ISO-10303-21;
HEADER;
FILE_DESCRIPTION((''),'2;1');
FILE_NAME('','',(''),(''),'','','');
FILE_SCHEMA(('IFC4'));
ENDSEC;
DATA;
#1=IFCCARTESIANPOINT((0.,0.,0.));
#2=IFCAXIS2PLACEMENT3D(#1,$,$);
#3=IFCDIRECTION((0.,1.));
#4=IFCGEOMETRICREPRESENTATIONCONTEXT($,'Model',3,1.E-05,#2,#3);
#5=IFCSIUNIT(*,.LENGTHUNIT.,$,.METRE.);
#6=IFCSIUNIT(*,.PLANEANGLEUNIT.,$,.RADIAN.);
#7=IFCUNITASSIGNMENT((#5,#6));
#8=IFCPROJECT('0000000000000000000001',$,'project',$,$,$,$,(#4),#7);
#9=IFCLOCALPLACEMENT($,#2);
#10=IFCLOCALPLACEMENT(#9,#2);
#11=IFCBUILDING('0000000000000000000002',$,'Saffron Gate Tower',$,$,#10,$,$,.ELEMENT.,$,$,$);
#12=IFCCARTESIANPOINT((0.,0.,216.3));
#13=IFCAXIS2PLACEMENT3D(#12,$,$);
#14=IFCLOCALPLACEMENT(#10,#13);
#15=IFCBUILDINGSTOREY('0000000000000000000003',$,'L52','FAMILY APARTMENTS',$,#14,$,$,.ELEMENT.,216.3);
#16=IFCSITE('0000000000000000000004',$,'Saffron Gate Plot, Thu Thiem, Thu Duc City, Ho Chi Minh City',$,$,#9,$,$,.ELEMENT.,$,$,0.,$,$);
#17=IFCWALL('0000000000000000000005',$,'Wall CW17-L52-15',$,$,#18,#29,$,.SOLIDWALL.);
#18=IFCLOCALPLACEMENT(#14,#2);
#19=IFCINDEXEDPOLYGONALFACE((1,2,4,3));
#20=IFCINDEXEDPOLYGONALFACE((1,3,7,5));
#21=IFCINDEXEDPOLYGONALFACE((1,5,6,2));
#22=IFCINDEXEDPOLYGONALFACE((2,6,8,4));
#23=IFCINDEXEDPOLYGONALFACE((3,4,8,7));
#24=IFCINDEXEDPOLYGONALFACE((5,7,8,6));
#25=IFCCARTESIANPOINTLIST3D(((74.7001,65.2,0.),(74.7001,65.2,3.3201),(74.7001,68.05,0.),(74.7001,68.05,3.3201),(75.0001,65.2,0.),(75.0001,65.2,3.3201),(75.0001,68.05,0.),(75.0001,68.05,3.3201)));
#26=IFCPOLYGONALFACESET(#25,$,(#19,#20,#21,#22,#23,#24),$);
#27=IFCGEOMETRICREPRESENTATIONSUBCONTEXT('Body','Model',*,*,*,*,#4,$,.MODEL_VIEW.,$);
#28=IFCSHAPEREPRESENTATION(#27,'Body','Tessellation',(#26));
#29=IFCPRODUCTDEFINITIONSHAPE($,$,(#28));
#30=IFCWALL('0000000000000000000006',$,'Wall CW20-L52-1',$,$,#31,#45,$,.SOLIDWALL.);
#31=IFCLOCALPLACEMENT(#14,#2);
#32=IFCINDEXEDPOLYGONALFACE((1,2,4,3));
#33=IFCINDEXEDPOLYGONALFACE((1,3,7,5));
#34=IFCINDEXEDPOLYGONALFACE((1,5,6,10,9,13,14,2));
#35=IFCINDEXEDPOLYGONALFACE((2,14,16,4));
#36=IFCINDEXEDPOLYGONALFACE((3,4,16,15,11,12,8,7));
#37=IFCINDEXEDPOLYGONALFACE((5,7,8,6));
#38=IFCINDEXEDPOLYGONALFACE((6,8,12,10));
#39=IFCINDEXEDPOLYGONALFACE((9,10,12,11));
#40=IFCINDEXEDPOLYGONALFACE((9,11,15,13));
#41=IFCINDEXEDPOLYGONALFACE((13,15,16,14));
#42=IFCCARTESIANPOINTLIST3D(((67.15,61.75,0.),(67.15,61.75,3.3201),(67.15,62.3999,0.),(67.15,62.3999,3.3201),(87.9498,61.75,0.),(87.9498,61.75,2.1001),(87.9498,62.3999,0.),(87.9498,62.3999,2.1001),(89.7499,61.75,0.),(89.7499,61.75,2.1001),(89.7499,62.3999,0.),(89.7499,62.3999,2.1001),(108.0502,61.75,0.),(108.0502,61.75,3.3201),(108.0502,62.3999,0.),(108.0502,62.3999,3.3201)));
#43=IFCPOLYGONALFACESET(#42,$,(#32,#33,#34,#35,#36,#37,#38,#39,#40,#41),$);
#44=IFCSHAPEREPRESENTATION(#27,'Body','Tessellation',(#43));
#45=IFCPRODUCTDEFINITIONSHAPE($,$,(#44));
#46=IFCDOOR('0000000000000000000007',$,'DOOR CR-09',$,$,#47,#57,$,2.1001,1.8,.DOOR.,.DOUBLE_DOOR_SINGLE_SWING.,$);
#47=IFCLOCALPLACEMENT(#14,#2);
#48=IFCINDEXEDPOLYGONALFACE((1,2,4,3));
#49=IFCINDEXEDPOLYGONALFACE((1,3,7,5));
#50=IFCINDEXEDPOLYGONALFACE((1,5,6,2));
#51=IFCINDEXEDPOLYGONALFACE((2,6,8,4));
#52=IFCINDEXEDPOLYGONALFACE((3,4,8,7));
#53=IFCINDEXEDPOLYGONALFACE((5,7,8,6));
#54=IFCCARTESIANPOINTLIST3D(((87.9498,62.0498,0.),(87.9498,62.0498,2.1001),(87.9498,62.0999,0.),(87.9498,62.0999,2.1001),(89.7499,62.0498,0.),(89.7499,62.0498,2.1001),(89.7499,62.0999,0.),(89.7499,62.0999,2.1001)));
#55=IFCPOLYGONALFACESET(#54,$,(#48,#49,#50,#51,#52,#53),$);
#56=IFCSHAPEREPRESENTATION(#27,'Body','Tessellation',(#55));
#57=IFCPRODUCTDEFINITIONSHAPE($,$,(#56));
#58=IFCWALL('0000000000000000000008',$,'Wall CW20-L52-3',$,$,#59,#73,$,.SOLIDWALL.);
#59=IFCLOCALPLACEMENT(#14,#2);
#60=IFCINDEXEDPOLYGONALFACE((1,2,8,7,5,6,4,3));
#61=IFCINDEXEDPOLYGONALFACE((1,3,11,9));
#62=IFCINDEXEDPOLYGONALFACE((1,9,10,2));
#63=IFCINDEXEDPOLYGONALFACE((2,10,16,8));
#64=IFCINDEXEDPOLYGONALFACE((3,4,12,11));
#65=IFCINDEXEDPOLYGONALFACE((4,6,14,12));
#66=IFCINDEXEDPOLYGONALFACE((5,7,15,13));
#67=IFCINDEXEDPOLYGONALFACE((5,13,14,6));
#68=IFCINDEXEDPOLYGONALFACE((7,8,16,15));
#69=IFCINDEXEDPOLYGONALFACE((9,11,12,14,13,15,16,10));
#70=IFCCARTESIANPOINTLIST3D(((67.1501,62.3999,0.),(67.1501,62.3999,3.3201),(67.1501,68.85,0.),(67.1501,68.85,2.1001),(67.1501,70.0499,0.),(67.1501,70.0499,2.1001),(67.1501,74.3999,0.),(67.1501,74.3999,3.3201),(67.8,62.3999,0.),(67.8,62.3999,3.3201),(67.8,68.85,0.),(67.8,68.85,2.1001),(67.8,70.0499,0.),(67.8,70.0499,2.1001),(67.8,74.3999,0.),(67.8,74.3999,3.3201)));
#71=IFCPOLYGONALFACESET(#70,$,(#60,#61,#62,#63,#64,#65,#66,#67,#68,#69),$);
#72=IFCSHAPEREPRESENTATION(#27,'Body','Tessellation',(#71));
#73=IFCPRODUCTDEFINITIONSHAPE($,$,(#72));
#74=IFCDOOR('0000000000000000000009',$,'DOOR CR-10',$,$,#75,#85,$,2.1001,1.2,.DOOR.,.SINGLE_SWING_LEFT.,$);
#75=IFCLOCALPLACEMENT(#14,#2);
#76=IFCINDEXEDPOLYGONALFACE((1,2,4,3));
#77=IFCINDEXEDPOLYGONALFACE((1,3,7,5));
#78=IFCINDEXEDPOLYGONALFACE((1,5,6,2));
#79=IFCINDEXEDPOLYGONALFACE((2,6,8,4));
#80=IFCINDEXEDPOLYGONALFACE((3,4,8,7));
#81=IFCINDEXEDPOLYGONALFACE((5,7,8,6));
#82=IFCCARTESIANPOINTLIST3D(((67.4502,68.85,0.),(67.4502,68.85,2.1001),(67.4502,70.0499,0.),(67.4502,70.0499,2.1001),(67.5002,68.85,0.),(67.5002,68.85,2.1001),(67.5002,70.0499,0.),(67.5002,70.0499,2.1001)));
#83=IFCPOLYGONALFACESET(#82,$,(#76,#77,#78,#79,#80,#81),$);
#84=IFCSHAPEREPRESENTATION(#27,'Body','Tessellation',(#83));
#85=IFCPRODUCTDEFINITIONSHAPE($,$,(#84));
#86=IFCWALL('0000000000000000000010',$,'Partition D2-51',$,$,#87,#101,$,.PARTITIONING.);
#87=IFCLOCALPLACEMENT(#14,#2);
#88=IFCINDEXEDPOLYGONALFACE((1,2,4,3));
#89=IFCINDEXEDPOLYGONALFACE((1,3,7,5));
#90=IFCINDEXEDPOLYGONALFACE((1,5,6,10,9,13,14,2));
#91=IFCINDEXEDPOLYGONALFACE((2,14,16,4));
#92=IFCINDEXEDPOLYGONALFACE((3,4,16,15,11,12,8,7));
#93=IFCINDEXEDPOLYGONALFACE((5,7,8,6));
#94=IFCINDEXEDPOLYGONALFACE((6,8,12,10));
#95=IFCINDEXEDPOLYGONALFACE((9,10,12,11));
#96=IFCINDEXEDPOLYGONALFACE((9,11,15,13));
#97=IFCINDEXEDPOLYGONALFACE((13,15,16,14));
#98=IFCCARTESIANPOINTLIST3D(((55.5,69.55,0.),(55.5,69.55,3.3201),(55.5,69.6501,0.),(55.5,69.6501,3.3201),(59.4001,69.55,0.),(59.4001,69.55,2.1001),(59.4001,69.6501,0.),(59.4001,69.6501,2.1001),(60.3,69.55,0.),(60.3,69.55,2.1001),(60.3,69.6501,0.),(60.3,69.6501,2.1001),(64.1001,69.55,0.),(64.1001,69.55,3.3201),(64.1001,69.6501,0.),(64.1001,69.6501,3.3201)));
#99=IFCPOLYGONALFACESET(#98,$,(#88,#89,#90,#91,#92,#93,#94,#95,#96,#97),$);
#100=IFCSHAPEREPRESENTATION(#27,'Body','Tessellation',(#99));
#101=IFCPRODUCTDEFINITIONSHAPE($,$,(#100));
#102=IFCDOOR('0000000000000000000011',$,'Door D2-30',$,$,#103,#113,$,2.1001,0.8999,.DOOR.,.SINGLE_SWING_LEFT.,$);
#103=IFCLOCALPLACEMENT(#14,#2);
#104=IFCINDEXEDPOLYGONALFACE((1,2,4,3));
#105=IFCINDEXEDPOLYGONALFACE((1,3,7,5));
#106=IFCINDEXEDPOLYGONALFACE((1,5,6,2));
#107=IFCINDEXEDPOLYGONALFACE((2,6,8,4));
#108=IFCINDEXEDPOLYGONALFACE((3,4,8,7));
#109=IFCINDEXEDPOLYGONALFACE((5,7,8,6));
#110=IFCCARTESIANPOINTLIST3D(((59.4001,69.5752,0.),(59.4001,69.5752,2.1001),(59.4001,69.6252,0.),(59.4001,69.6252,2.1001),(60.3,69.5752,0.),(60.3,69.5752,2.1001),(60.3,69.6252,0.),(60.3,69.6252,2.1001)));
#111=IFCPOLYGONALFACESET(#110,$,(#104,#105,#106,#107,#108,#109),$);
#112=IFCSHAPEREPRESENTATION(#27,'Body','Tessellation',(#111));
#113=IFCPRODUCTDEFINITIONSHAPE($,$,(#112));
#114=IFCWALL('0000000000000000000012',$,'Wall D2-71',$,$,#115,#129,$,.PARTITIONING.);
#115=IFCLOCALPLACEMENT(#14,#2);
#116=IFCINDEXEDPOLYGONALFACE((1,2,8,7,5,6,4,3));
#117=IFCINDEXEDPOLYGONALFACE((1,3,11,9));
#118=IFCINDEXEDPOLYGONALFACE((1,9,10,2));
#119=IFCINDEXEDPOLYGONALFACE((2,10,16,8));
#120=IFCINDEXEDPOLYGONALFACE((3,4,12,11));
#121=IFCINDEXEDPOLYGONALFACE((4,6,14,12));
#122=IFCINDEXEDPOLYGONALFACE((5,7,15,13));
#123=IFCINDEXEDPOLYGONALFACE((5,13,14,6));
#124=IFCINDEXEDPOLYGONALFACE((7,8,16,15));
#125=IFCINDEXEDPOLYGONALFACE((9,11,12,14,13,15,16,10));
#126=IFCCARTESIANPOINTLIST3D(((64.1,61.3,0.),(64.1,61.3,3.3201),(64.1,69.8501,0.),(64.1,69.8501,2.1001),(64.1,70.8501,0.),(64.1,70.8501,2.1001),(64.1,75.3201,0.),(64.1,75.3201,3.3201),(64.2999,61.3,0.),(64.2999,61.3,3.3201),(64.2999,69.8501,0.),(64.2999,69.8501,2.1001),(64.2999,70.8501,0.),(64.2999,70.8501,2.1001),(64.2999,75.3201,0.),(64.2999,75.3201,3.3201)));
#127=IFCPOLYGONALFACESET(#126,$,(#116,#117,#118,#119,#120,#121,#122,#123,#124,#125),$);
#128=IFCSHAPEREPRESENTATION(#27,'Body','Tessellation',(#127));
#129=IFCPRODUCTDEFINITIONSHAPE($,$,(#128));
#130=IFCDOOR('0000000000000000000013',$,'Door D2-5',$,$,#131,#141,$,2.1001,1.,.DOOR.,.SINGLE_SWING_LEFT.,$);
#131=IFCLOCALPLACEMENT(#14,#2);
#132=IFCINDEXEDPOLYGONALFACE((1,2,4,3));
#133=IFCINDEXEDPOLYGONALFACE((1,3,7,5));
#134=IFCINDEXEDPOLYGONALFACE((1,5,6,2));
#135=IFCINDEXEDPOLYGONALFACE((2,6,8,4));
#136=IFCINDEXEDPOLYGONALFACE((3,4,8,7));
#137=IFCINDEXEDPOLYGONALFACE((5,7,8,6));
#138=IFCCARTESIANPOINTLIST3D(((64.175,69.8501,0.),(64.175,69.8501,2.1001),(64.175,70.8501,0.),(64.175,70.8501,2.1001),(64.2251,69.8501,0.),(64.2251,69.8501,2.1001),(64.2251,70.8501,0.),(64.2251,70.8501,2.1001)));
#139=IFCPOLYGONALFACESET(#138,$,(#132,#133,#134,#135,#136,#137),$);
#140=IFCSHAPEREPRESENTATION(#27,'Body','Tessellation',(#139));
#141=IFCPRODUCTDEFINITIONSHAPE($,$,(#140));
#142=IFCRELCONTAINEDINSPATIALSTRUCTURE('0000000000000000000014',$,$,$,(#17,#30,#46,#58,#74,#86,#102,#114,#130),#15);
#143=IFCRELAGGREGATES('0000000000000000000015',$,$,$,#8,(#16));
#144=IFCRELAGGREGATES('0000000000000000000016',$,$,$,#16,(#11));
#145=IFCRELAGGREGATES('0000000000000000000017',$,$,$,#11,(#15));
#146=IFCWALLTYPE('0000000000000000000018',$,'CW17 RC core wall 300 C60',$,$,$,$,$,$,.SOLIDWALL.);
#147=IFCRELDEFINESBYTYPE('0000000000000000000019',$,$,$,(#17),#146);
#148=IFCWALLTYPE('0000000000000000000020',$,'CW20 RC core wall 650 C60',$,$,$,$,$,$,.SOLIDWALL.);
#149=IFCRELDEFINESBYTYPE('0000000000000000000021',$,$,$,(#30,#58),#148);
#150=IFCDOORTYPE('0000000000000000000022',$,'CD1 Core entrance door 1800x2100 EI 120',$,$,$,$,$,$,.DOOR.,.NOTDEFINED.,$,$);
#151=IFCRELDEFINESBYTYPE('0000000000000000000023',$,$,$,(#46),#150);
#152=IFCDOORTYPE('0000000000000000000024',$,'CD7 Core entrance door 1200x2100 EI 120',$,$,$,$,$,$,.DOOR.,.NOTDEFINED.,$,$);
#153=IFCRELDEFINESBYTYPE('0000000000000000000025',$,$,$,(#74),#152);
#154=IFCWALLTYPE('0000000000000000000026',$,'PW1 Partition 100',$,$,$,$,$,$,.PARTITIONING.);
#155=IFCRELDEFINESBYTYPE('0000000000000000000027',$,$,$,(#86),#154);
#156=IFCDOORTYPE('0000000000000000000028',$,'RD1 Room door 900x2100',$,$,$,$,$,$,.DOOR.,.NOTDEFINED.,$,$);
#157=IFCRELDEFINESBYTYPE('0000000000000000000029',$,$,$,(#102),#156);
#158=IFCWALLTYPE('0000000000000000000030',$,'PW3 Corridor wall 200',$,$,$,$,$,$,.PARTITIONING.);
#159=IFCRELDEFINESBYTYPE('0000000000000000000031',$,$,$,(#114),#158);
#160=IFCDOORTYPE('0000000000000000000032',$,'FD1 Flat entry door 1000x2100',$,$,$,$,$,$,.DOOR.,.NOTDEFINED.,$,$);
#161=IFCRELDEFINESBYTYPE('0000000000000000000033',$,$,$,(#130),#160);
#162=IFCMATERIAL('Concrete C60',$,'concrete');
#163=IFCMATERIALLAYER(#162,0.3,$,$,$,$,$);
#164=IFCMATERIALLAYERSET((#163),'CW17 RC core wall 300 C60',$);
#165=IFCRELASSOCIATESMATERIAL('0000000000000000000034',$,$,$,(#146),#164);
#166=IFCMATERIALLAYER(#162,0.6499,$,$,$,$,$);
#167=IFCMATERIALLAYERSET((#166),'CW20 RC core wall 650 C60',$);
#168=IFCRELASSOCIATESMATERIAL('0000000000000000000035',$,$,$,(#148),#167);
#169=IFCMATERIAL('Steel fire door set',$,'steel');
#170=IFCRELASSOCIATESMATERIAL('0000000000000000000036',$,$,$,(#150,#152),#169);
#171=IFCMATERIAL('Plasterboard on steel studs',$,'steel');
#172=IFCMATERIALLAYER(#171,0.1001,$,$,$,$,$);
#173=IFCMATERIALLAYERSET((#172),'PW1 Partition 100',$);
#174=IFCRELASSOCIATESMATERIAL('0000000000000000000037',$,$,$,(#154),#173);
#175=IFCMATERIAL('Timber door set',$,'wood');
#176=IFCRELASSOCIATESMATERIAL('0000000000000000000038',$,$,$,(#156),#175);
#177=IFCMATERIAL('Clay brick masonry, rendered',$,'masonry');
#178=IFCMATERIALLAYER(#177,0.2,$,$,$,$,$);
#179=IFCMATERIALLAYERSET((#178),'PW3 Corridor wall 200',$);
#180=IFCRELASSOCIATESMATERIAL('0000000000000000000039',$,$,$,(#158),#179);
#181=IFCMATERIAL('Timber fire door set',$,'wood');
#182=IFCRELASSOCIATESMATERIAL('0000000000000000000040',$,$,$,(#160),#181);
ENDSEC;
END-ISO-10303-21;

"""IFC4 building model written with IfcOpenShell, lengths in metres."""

from ifc_helpers import new_model, si_unit, direction, frame, frame_2d, origin, place, context, subcontext, project, spatial, rectangle, extrude, material, layer, layer_set, type_object, element, fill, save


model = new_model("IFC4")

# Units and contexts
model_context = context("Model", 3, precision=1e-05, world=origin(), true_north=direction((0.0, 1.0)))
body_context = subcontext(model_context, "Body", "Model", "MODEL_VIEW")
ifc_project = project(units=[si_unit("LENGTHUNIT", "METRE"), si_unit("PLANEANGLEUNIT", "RADIAN")], contexts=[model_context])

# Site, building, storey
site_placement = place(None, origin())
site = spatial("IfcSite", under=ifc_project, at=site_placement, Name="Saffron Gate Plot, Thu Thiem, Thu Duc City, Ho Chi Minh City", CompositionType="ELEMENT", RefElevation=0.0)
building_placement = place(site_placement, origin())
building = spatial("IfcBuilding", under=site, at=building_placement, Name="Saffron Gate Tower", CompositionType="ELEMENT")
storey_placement = place(building_placement, frame((0.0, 0.0, 216.3)))
storey = spatial("IfcBuildingStorey", under=building, at=storey_placement, Name="L52", Description="FAMILY APARTMENTS", CompositionType="ELEMENT", Elevation=216.3)

# Shared definitions
ifc_material_1 = material(Name="Concrete C60", Category="concrete")

# Shared definitions
ifc_material_2 = material(Name="Steel fire door set", Category="steel")

# Wall
ifc_layer_1 = layer(ifc_material_1, 0.3)
ifc_layer_set_1 = layer_set([ifc_layer_1], Name="CW17 RC core wall 300 C60")
wall_type_1 = type_object("IfcWallType", Name="CW17 RC core wall 300 C60", PredefinedType="SOLIDWALL", material=ifc_layer_set_1)
wall_1_placement = place(storey_placement, frame((74.8501, 65.2, 0.0), z_axis=(0.0, 0.0, 1.0), x_axis=(0.0, 1.0, 0.0)))
element("IfcWall", 1, at=wall_1_placement, inside=storey, type_object=wall_type_1, Name="Wall CW17-L52-15", PredefinedType="SOLIDWALL", context=body_context, shape_type="SweptSolid", body=[
    extrude(rectangle(XDim=2.8501, YDim=0.3, at=frame_2d((1.425, 0.0))), origin(), (0.0, 0.0, 1.0), 3.3201),
])

# Walls, openings, doors
ifc_layer_2 = layer(ifc_material_1, 0.6499)
ifc_layer_set_2 = layer_set([ifc_layer_2], Name="CW20 RC core wall 650 C60")
wall_type_2 = type_object("IfcWallType", Name="CW20 RC core wall 650 C60", PredefinedType="SOLIDWALL", material=ifc_layer_set_2)
wall_2_placement = place(storey_placement, frame((67.1499, 62.075, 0.0), z_axis=(0.0, 0.0, 1.0), x_axis=(1.0, 0.0, 0.0)))
wall_2 = element("IfcWall", 2, at=wall_2_placement, inside=storey, type_object=wall_type_2, Name="Wall CW20-L52-1", PredefinedType="SOLIDWALL", context=body_context, shape_type="SweptSolid", body=[
    extrude(rectangle(XDim=40.9001, YDim=0.6499, at=frame_2d((20.4502, 0.0))), origin(), (0.0, 0.0, 1.0), 3.3201),
])
opening_1_placement = place(wall_2_placement, frame((20.8, 0.0, 0.0)))
opening_1 = element("IfcOpeningElement", 3, at=opening_1_placement, cuts=wall_2, PredefinedType="OPENING", context=body_context, shape_type="SweptSolid", body=[
    extrude(rectangle(XDim=1.8, YDim=2.1001, at=frame_2d((0.8999, 1.05))), frame((0.0, 0.335, 0.0), z_axis=(0.0, -1.0, 0.0), x_axis=(1.0, 0.0, 0.0)), (0.0, 0.0, 1.0), 0.6699),
])
door_type_1 = type_object("IfcDoorType", Name="CD1 Core entrance door 1800x2100 EI 120", OperationType="NOTDEFINED", PredefinedType="DOOR", material=ifc_material_2)
door_1_placement = place(opening_1_placement, origin())
door_1 = element("IfcDoor", 4, at=door_1_placement, inside=storey, type_object=door_type_1, Name="DOOR CR-09", OperationType="DOUBLE_DOOR_SINGLE_SWING", OverallHeight=2.1001, OverallWidth=1.8, PredefinedType="DOOR", context=body_context, shape_type="SweptSolid", body=[
    extrude(rectangle(XDim=1.8, YDim=2.1001, at=frame_2d((0.8999, 1.05))), frame((0.0, 0.0249, 0.0), z_axis=(0.0, -1.0, 0.0), x_axis=(1.0, 0.0, 0.0)), (0.0, 0.0, 1.0), 0.05),
])
fill(opening_1, door_1)
wall_3_placement = place(storey_placement, frame((67.4751, 62.3999, 0.0), z_axis=(0.0, 0.0, 1.0), x_axis=(0.0, 1.0, 0.0)))
wall_3 = element("IfcWall", 5, at=wall_3_placement, inside=storey, type_object=wall_type_2, Name="Wall CW20-L52-3", PredefinedType="SOLIDWALL", context=body_context, shape_type="SweptSolid", body=[
    extrude(rectangle(XDim=12.0, YDim=0.6499, at=frame_2d((6.0, 0.0))), origin(), (0.0, 0.0, 1.0), 3.3201),
])
opening_2_placement = place(wall_3_placement, frame((6.45, 0.0, 0.0)))
opening_2 = element("IfcOpeningElement", 6, at=opening_2_placement, cuts=wall_3, PredefinedType="OPENING", context=body_context, shape_type="SweptSolid", body=[
    extrude(rectangle(XDim=1.2, YDim=2.1001, at=frame_2d((0.6001, 1.05))), frame((0.0, 0.335, 0.0), z_axis=(0.0, -1.0, 0.0), x_axis=(1.0, 0.0, 0.0)), (0.0, 0.0, 1.0), 0.6699),
])
door_type_2 = type_object("IfcDoorType", Name="CD7 Core entrance door 1200x2100 EI 120", OperationType="NOTDEFINED", PredefinedType="DOOR", material=ifc_material_2)
door_2_placement = place(opening_2_placement, origin())
door_2 = element("IfcDoor", 7, at=door_2_placement, inside=storey, type_object=door_type_2, Name="DOOR CR-10", OperationType="SINGLE_SWING_LEFT", OverallHeight=2.1001, OverallWidth=1.2, PredefinedType="DOOR", context=body_context, shape_type="SweptSolid", body=[
    extrude(rectangle(XDim=1.2, YDim=2.1001, at=frame_2d((0.6001, 1.05))), frame((0.0, 0.0249, 0.0), z_axis=(0.0, -1.0, 0.0), x_axis=(1.0, 0.0, 0.0)), (0.0, 0.0, 1.0), 0.05),
])
fill(opening_2, door_2)
ifc_material_3 = material(Name="Plasterboard on steel studs", Category="steel")
ifc_layer_3 = layer(ifc_material_3, 0.1001)
ifc_layer_set_3 = layer_set([ifc_layer_3], Name="PW1 Partition 100")
wall_type_3 = type_object("IfcWallType", Name="PW1 Partition 100", PredefinedType="PARTITIONING", material=ifc_layer_set_3)
wall_4_placement = place(storey_placement, frame((64.1001, 69.6001, 0.0), z_axis=(0.0, 0.0, 1.0), x_axis=(-1.0, 0.0, 0.0)))
wall_4 = element("IfcWall", 8, at=wall_4_placement, inside=storey, type_object=wall_type_3, Name="Partition D2-51", PredefinedType="PARTITIONING", context=body_context, shape_type="SweptSolid", body=[
    extrude(rectangle(XDim=8.6001, YDim=0.1001, at=frame_2d((4.3, 0.0))), origin(), (0.0, 0.0, 1.0), 3.3201),
])
opening_3_placement = place(wall_4_placement, frame((3.8, 0.0, 0.0)))
opening_3 = element("IfcOpeningElement", 9, at=opening_3_placement, cuts=wall_4, PredefinedType="OPENING", context=body_context, shape_type="SweptSolid", body=[
    extrude(rectangle(XDim=0.8999, YDim=2.1001, at=frame_2d((0.45, 1.05))), frame((0.0, 0.0601, 0.0), z_axis=(0.0, -1.0, 0.0), x_axis=(1.0, 0.0, 0.0)), (0.0, 0.0, 1.0), 0.1201),
])
ifc_material_4 = material(Name="Timber door set", Category="wood")
door_type_3 = type_object("IfcDoorType", Name="RD1 Room door 900x2100", OperationType="NOTDEFINED", PredefinedType="DOOR", material=ifc_material_4)
door_3_placement = place(opening_3_placement, origin())
door_3 = element("IfcDoor", 10, at=door_3_placement, inside=storey, type_object=door_type_3, Name="Door D2-30", OperationType="SINGLE_SWING_LEFT", OverallHeight=2.1001, OverallWidth=0.8999, PredefinedType="DOOR", context=body_context, shape_type="SweptSolid", body=[
    extrude(rectangle(XDim=0.8999, YDim=2.1001, at=frame_2d((0.45, 1.05))), frame((0.0, 0.0249, 0.0), z_axis=(0.0, -1.0, 0.0), x_axis=(1.0, 0.0, 0.0)), (0.0, 0.0, 1.0), 0.05),
])
fill(opening_3, door_3)
ifc_material_5 = material(Name="Clay brick masonry, rendered", Category="masonry")
ifc_layer_4 = layer(ifc_material_5, 0.2)
ifc_layer_set_4 = layer_set([ifc_layer_4], Name="PW3 Corridor wall 200")
wall_type_4 = type_object("IfcWallType", Name="PW3 Corridor wall 200", PredefinedType="PARTITIONING", material=ifc_layer_set_4)
wall_5_placement = place(storey_placement, frame((64.2, 61.3, 0.0), z_axis=(0.0, 0.0, 1.0), x_axis=(0.0, 1.0, 0.0)))
wall_5 = element("IfcWall", 11, at=wall_5_placement, inside=storey, type_object=wall_type_4, Name="Wall D2-71", PredefinedType="PARTITIONING", context=body_context, shape_type="SweptSolid", body=[
    extrude(rectangle(XDim=14.02, YDim=0.2, at=frame_2d((7.01, 0.0))), origin(), (0.0, 0.0, 1.0), 3.3201),
])
opening_4_placement = place(wall_5_placement, frame((8.55, 0.0, 0.0)))
opening_4 = element("IfcOpeningElement", 12, at=opening_4_placement, cuts=wall_5, PredefinedType="OPENING", context=body_context, shape_type="SweptSolid", body=[
    extrude(rectangle(XDim=1.0, YDim=2.1001, at=frame_2d((0.5, 1.05))), frame((0.0, 0.1099, 0.0), z_axis=(0.0, -1.0, 0.0), x_axis=(1.0, 0.0, 0.0)), (0.0, 0.0, 1.0), 0.22),
])
ifc_material_6 = material(Name="Timber fire door set", Category="wood")
door_type_4 = type_object("IfcDoorType", Name="FD1 Flat entry door 1000x2100", OperationType="NOTDEFINED", PredefinedType="DOOR", material=ifc_material_6)
door_4_placement = place(opening_4_placement, origin())
door_4 = element("IfcDoor", 13, at=door_4_placement, inside=storey, type_object=door_type_4, Name="Door D2-5", OperationType="SINGLE_SWING_LEFT", OverallHeight=2.1001, OverallWidth=1.0, PredefinedType="DOOR", context=body_context, shape_type="SweptSolid", body=[
    extrude(rectangle(XDim=1.0, YDim=2.1001, at=frame_2d((0.5, 1.05))), frame((0.0, 0.0249, 0.0), z_axis=(0.0, -1.0, 0.0), x_axis=(1.0, 0.0, 0.0)), (0.0, 0.0, 1.0), 0.05),
])
fill(opening_4, door_4)

save(model, "model.ifc")
